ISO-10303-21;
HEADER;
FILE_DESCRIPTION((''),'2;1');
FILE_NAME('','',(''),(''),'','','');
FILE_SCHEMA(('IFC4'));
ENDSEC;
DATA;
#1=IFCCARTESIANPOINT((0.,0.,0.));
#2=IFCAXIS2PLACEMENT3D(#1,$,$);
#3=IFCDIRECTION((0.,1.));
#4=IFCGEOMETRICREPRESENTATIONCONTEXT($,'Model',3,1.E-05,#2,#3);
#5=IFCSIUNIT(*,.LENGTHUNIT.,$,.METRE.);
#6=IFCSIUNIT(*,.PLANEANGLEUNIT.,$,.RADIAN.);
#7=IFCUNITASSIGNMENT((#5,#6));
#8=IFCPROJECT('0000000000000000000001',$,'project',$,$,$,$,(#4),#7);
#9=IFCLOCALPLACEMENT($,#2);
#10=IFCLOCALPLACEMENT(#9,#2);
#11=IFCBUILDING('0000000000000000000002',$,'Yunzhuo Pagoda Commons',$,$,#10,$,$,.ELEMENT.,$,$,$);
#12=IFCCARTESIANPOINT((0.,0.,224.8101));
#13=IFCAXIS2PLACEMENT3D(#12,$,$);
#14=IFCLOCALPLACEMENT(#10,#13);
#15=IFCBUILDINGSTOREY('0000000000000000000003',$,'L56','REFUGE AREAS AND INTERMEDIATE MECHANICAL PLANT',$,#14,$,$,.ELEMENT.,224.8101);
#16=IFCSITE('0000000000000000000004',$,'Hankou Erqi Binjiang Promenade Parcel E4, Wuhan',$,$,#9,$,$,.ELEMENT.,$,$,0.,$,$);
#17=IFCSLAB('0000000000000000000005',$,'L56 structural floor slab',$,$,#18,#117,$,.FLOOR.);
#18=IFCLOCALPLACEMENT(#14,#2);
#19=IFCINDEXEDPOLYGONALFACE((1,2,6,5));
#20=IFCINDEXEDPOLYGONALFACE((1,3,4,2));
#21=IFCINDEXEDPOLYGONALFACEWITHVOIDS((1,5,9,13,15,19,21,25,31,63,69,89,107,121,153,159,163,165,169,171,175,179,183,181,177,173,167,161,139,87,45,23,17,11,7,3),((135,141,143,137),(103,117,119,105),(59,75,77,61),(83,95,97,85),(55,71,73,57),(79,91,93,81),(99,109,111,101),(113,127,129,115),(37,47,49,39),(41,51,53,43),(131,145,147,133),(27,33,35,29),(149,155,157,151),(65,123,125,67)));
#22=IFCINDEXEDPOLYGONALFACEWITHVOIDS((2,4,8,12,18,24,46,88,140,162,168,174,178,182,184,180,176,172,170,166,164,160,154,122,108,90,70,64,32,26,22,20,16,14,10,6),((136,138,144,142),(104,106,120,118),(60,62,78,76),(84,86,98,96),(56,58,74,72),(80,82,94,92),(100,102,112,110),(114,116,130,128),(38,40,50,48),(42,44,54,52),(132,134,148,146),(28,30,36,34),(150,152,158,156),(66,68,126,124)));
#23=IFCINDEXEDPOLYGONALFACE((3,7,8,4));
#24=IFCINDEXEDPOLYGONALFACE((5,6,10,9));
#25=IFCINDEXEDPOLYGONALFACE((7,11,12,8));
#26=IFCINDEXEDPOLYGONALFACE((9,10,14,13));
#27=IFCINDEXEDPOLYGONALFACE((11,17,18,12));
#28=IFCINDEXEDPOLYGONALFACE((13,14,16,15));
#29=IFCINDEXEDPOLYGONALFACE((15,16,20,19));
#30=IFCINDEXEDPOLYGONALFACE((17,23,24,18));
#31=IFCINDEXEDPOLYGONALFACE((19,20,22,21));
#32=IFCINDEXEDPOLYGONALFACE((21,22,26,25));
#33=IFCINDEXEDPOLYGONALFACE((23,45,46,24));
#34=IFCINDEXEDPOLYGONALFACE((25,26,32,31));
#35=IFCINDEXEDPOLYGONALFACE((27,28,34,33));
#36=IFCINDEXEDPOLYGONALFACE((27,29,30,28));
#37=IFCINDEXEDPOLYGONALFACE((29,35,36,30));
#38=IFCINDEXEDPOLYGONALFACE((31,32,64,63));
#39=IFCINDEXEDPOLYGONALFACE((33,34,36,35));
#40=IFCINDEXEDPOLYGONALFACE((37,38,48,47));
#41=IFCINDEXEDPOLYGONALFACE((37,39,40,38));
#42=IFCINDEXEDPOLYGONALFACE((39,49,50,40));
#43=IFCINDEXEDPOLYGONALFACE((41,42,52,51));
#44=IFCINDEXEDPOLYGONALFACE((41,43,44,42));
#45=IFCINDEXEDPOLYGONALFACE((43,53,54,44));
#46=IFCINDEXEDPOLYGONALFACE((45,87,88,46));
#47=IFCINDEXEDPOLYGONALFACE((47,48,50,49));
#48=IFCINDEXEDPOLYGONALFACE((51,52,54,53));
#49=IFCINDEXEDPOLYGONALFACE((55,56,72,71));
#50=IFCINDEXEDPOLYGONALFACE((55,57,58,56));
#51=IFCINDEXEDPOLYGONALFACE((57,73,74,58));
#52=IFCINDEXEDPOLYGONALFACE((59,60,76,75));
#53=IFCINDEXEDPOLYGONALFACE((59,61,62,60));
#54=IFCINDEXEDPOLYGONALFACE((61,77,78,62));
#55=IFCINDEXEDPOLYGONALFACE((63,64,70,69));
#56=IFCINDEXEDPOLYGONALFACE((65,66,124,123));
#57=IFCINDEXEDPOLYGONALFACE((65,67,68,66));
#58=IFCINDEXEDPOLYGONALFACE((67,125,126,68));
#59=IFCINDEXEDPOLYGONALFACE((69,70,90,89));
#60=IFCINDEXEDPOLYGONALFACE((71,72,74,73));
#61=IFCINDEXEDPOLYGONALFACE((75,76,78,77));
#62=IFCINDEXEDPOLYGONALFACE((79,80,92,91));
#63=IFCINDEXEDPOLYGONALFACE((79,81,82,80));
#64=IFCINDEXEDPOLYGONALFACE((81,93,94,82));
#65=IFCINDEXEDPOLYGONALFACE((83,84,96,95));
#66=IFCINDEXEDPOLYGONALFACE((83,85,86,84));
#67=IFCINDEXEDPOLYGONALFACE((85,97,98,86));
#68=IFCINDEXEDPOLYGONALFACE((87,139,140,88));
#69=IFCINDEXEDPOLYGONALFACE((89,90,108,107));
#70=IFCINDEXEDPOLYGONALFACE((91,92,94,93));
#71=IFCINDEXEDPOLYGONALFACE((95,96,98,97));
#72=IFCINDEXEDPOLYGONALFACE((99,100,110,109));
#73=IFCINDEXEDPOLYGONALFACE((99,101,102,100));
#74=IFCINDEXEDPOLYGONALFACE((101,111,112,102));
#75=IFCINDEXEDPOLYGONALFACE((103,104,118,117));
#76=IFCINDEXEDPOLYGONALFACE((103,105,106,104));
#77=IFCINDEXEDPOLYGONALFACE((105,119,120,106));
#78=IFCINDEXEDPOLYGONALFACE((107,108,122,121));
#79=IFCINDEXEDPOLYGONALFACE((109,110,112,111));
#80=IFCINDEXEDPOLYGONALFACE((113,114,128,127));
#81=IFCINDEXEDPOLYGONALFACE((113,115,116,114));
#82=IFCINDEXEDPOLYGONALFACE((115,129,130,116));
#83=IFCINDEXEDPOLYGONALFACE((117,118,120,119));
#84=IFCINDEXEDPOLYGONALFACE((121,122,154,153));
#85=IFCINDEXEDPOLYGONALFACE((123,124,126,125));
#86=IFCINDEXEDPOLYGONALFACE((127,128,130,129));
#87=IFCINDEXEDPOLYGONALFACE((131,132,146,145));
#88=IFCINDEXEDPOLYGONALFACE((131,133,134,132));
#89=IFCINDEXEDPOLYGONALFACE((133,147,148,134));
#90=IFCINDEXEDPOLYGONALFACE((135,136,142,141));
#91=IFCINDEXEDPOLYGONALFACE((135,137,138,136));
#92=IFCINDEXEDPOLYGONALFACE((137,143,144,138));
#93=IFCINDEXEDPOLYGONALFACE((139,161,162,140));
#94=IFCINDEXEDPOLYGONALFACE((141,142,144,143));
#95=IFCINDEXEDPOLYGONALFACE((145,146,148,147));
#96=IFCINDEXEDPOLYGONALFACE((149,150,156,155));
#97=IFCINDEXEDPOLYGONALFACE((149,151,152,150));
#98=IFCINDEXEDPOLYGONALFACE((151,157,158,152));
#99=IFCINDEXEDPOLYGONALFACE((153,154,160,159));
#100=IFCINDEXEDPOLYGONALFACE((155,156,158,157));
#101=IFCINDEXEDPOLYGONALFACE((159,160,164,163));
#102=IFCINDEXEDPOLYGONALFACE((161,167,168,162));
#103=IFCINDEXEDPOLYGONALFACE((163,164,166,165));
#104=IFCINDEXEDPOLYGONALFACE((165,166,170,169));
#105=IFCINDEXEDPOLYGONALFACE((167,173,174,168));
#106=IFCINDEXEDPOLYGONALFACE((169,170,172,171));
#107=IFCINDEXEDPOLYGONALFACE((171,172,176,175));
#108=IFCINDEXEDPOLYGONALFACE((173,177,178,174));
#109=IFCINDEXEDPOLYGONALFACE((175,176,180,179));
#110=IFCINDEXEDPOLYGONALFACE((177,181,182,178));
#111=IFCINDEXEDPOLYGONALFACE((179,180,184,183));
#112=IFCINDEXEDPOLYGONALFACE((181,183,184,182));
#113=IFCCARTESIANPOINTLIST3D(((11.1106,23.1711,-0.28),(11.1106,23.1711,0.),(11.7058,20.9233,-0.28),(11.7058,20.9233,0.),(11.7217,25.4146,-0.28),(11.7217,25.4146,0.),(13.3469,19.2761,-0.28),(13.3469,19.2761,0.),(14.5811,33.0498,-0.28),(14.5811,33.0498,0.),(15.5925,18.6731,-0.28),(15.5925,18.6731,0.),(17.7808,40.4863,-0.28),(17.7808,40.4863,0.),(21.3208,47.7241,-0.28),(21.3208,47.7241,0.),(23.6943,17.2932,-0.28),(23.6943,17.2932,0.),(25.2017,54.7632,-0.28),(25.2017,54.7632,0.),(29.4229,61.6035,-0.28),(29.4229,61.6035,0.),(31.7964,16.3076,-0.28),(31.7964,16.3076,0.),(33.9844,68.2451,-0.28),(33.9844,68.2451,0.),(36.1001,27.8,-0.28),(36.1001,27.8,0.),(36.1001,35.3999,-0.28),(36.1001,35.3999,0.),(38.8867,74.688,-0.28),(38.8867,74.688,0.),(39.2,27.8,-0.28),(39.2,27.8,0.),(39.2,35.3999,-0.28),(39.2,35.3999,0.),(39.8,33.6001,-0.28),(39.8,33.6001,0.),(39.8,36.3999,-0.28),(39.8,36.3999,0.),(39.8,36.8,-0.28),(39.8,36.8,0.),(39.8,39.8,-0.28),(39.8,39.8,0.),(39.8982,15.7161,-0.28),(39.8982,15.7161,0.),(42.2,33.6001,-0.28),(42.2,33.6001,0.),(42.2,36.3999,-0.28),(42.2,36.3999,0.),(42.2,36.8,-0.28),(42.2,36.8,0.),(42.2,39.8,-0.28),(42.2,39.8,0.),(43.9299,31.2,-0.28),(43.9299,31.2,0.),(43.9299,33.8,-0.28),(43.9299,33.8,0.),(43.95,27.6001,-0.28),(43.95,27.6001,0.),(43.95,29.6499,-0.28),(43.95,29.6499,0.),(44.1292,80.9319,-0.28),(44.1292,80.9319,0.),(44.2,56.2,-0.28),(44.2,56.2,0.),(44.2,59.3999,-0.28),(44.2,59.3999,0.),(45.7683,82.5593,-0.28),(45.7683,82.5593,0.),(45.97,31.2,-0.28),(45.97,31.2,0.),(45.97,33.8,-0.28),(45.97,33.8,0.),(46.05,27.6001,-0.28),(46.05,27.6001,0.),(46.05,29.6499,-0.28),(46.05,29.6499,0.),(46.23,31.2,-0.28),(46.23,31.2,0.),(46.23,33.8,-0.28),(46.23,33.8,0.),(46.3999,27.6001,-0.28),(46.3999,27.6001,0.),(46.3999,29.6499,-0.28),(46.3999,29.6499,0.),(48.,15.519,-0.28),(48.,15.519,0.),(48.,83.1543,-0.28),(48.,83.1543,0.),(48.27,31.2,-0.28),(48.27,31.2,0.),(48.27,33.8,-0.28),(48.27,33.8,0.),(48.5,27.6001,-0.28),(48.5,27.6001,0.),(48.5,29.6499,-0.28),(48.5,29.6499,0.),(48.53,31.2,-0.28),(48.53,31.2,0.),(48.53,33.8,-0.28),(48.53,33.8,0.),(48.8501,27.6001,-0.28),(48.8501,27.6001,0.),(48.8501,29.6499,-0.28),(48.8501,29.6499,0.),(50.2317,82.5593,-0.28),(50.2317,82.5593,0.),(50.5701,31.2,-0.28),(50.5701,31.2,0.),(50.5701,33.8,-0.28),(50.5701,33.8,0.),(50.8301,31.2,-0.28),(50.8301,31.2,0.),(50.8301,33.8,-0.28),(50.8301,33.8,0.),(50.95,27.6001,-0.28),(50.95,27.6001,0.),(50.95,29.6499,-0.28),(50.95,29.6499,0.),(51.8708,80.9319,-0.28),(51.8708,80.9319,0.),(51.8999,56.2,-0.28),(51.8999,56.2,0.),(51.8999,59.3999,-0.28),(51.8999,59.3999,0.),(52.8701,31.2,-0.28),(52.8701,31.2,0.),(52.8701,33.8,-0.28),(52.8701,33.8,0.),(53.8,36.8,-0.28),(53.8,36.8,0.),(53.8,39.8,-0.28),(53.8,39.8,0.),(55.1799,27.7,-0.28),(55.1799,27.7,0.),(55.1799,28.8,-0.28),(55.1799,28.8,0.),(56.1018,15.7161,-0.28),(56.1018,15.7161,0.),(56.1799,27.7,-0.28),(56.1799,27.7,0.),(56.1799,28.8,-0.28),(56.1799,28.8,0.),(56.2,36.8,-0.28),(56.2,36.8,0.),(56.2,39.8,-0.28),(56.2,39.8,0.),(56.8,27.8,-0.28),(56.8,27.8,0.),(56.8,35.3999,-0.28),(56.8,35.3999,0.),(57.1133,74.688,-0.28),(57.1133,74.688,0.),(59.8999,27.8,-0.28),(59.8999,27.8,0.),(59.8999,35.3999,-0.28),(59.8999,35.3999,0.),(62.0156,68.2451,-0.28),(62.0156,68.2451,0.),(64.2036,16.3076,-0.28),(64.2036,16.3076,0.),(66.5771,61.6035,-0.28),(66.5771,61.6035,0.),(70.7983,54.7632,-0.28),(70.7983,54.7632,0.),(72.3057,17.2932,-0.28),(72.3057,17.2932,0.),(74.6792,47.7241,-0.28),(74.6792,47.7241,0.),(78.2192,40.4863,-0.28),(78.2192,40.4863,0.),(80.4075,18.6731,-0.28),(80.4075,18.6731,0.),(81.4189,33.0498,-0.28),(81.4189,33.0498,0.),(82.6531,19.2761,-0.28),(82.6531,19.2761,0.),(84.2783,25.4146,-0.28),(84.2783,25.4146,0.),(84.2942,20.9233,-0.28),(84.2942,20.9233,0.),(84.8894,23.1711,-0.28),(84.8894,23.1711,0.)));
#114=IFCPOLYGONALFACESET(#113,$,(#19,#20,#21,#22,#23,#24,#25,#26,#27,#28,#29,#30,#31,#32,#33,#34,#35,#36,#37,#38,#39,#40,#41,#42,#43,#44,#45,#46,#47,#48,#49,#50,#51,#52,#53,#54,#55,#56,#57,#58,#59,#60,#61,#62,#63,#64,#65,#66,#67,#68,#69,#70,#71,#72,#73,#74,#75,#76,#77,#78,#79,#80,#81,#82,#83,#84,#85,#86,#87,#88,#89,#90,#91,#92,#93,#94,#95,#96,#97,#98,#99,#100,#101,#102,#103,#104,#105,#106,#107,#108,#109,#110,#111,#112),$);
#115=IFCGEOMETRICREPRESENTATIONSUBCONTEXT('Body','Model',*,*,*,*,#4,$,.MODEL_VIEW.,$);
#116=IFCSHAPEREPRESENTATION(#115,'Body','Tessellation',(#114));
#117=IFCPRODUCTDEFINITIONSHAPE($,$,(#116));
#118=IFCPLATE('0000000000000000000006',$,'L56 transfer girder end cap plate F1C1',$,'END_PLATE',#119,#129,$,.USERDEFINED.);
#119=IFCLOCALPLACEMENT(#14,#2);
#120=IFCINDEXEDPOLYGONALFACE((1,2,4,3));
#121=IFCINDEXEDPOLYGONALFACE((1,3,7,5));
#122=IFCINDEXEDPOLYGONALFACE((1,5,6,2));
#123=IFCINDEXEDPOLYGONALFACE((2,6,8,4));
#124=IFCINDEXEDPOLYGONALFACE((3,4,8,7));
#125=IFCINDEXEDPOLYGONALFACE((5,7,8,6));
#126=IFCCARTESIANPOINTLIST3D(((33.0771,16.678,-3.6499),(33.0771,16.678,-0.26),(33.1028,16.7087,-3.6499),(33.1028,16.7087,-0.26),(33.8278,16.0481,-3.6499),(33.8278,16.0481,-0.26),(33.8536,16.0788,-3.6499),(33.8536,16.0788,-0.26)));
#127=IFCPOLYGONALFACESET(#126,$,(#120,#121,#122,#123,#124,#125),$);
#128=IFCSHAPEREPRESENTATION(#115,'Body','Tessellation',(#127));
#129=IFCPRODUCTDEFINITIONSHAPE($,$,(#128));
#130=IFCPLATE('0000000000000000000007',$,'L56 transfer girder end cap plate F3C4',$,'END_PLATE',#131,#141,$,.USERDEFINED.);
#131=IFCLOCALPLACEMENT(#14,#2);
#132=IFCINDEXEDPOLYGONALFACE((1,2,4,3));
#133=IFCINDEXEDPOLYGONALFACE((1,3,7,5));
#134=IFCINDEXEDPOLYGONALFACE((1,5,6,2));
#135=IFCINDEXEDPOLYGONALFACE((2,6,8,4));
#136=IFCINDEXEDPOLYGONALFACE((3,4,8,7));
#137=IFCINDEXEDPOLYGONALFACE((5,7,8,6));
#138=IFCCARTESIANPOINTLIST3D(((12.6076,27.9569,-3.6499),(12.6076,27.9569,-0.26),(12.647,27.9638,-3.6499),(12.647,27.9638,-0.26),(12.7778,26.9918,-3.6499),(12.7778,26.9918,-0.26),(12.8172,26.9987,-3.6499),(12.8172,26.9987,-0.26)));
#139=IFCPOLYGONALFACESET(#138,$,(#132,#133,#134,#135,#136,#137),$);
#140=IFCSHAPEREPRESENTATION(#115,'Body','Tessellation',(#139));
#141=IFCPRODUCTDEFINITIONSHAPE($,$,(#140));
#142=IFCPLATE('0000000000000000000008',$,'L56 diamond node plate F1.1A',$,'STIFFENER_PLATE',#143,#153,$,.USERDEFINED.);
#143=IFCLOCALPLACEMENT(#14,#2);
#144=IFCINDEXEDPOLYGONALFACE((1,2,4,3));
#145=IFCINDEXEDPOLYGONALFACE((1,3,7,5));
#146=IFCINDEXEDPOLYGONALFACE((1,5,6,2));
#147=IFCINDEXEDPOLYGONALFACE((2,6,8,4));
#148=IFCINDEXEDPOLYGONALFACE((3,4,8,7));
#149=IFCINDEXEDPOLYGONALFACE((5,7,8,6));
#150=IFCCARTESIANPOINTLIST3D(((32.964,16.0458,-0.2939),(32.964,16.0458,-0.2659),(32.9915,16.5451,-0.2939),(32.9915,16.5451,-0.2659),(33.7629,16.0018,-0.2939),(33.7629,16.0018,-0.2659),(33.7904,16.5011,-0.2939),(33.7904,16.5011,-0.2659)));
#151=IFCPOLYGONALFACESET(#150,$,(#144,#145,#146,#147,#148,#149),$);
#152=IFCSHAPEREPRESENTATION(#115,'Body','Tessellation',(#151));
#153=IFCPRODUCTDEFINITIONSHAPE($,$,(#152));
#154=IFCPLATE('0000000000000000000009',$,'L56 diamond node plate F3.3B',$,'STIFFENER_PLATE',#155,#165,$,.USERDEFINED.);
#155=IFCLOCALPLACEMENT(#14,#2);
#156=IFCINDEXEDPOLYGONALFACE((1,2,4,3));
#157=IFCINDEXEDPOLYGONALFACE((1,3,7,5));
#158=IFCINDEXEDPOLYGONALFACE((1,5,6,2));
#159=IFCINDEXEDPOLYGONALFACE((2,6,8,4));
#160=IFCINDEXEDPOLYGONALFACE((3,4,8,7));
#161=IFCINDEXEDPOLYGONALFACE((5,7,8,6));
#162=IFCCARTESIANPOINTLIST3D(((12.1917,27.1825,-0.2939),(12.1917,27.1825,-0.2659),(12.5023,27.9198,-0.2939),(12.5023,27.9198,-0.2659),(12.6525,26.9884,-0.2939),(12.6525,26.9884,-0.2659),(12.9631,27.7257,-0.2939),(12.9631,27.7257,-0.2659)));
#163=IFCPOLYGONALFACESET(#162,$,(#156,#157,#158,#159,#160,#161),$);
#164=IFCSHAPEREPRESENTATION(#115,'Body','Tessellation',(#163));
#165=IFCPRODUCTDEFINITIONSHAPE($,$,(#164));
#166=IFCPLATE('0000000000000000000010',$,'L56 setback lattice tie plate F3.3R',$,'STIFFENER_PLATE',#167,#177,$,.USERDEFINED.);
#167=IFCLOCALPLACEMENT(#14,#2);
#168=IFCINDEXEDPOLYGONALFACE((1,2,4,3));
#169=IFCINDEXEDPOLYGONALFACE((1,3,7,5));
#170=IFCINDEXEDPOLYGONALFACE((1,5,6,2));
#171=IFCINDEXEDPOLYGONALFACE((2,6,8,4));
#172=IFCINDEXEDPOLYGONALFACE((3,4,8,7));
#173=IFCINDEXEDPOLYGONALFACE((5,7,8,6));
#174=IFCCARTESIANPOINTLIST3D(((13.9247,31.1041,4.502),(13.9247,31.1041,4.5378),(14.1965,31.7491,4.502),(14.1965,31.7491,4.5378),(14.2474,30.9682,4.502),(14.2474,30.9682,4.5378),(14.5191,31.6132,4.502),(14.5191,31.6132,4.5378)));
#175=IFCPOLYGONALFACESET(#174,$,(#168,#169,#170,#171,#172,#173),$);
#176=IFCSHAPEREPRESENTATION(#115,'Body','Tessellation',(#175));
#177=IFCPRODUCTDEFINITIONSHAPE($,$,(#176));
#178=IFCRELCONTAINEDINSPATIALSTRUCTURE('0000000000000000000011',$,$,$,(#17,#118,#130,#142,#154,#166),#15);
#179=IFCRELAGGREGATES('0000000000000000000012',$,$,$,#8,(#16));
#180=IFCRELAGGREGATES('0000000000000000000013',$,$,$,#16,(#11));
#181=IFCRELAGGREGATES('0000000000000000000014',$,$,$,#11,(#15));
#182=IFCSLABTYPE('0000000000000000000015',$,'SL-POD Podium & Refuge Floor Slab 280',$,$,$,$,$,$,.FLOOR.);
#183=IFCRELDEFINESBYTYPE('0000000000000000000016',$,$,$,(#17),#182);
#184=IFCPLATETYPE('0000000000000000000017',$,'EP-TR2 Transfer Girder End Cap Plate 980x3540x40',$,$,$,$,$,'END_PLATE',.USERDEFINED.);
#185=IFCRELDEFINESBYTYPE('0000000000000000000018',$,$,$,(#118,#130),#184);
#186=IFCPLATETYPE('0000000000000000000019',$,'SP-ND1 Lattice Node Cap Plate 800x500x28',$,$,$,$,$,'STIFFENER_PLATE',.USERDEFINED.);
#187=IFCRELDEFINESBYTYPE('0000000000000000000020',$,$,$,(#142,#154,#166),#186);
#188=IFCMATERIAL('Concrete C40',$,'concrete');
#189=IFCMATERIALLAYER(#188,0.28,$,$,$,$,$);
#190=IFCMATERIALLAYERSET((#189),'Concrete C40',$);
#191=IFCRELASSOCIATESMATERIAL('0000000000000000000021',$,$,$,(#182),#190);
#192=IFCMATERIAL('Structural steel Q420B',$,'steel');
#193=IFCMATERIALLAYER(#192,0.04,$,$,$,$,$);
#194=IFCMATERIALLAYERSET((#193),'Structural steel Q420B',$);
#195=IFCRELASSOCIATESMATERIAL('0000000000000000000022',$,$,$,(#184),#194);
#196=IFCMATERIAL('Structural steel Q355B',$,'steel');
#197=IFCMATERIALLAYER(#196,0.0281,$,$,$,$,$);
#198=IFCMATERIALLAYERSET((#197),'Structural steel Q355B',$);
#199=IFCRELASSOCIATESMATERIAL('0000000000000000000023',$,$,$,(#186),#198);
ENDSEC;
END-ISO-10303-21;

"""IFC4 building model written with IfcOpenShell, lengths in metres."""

from ifc_helpers import new_model, si_unit, direction, frame, origin, origin_2d, place, context, subcontext, project, spatial, polyline, rectangle, outline, extrude, source, transform, mapped, material, layer, layer_set, type_object, element, save


model = new_model("IFC4")

# Units and contexts
model_context = context("Model", 3, precision=1e-05, world=origin(), true_north=direction((0.0, 1.0)))
body_context = subcontext(model_context, "Body", "Model", "MODEL_VIEW")
ifc_project = project(units=[si_unit("LENGTHUNIT", "METRE"), si_unit("PLANEANGLEUNIT", "RADIAN")], contexts=[model_context])

# Site, building, storey
site_placement = place(None, origin())
site = spatial("IfcSite", under=ifc_project, at=site_placement, Name="Hankou Erqi Binjiang Promenade Parcel E4, Wuhan", CompositionType="ELEMENT", RefElevation=0.0)
building_placement = place(site_placement, origin())
building = spatial("IfcBuilding", under=site, at=building_placement, Name="Yunzhuo Pagoda Commons", CompositionType="ELEMENT")
storey_placement = place(building_placement, frame((0.0, 0.0, 224.8101)))
storey = spatial("IfcBuildingStorey", under=building, at=storey_placement, Name="L56", Description="REFUGE AREAS AND INTERMEDIATE MECHANICAL PLANT", CompositionType="ELEMENT", Elevation=224.8101)

# Shared definitions
ifc_material_1 = material(Name="Structural steel Q420B", Category="steel")
ifc_material_2 = material(Name="Structural steel Q355B", Category="steel")

# Shared definitions
ifc_material_3 = material(Name="Concrete C40", Category="concrete")

# Slab
ifc_layer_1 = layer(ifc_material_3, 0.28)
ifc_layer_set_1 = layer_set([ifc_layer_1], Name="Concrete C40")
slab_type_1 = type_object("IfcSlabType", Name="SL-POD Podium & Refuge Floor Slab 280", PredefinedType="FLOOR", material=ifc_layer_set_1)
slab_1_placement = place(storey_placement, frame((0.0, 0.0, -0.28)))
element("IfcSlab", 1, at=slab_1_placement, inside=storey, type_object=slab_type_1, Name="L56 structural floor slab", PredefinedType="FLOOR", context=body_context, shape_type="SweptSolid", body=[
    extrude(outline(polyline([(14.5811, 33.0498), (17.7808, 40.4863), (21.3208, 47.7241), (25.2017, 54.7632), (29.4229, 61.6035), (33.9844, 68.2451), (38.8867, 74.688), (44.1292, 80.9319), (45.7683, 82.5593), (48.0, 83.1543), (50.2317, 82.5593), (51.8708, 80.9319), (57.1133, 74.688), (62.0156, 68.2451), (66.5771, 61.6035), (70.7983, 54.7632), (74.6792, 47.7241), (78.2192, 40.4863), (81.4189, 33.0498), (84.2783, 25.4146), (84.8894, 23.1711), (84.2942, 20.9233), (82.6531, 19.2761), (80.4075, 18.6731), (72.3057, 17.2932), (64.2036, 16.3076), (56.1018, 15.7161), (48.0, 15.519), (39.8982, 15.7161), (31.7964, 16.3076), (23.6943, 17.2932), (15.5925, 18.6731), (13.3469, 19.2761), (11.7058, 20.9233), (11.1106, 23.1711), (11.7217, 25.4146), (14.5811, 33.0498)]), holes=[polyline([(46.05, 29.6499), (43.95, 29.6499), (43.95, 27.6001), (46.05, 27.6001), (46.05, 29.6499)]), polyline([(48.5, 27.6001), (48.5, 29.6499), (46.3999, 29.6499), (46.3999, 27.6001), (48.5, 27.6001)]), polyline([(36.1001, 27.8), (39.2, 27.8), (39.2, 35.3999), (36.1001, 35.3999), (36.1001, 27.8)]), polyline([(45.97, 31.2), (45.97, 33.8), (43.9299, 33.8), (43.9299, 31.2), (45.97, 31.2)]), polyline([(48.27, 31.2), (48.27, 33.8), (46.23, 33.8), (46.23, 31.2), (48.27, 31.2)]), polyline([(42.2, 33.6001), (42.2, 36.3999), (39.8, 36.3999), (39.8, 33.6001), (42.2, 33.6001)]), polyline([(42.2, 36.8), (42.2, 39.8), (39.8, 39.8), (39.8, 36.8), (42.2, 36.8)]), polyline([(56.1799, 28.8), (55.1799, 28.8), (55.1799, 27.7), (56.1799, 27.7), (56.1799, 28.8)]), polyline([(50.95, 27.6001), (50.95, 29.6499), (48.8501, 29.6499), (48.8501, 27.6001), (50.95, 27.6001)]), polyline([(56.8, 27.8), (59.8999, 27.8), (59.8999, 35.3999), (56.8, 35.3999), (56.8, 27.8)]), polyline([(50.5701, 31.2), (50.5701, 33.8), (48.53, 33.8), (48.53, 31.2), (50.5701, 31.2)]), polyline([(52.8701, 31.2), (52.8701, 33.8), (50.8301, 33.8), (50.8301, 31.2), (52.8701, 31.2)]), polyline([(56.2, 36.8), (56.2, 39.8), (53.8, 39.8), (53.8, 36.8), (56.2, 36.8)]), polyline([(51.8999, 56.2), (51.8999, 59.3999), (44.2, 59.3999), (44.2, 56.2), (51.8999, 56.2)])]), origin(), (0.0, 0.0, 1.0), 0.28),
])

# Plates
ifc_layer_2 = layer(ifc_material_1, 0.04)
ifc_layer_set_2 = layer_set([ifc_layer_2], Name="Structural steel Q420B")
plate_type_1 = type_object("IfcPlateType", Name="EP-TR2 Transfer Girder End Cap Plate 980x3540x40", ElementType="END_PLATE", PredefinedType="USERDEFINED", material=ifc_layer_set_2)
shared_shape_1 = source(origin(), body_context, "Body", "SweptSolid", [
    extrude(rectangle(XDim=0.98, YDim=0.04, at=origin_2d()), origin(), (0.0, 0.0, 1.0), 3.3899),
])
for number, where, z_axis, x_axis, name in (
    (2, (33.4653, 16.3784, -3.6499), (0.0, 0.0, 1.0), (0.766044, -0.642788, 0.0), "L56 transfer girder end cap plate F1C1"),
    (3, (12.7124, 27.4778, -3.6499), (0.0, 0.0, 1.0), (0.173648, -0.984808, 0.0), "L56 transfer girder end cap plate F3C4"),
):
    element("IfcPlate", number, at=place(storey_placement, frame(where, z_axis=z_axis, x_axis=x_axis)), inside=storey, type_object=plate_type_1, Name=name, ObjectType="END_PLATE", PredefinedType="USERDEFINED", context=body_context, shape_type="MappedRepresentation", body=[
        mapped(shared_shape_1, transform((0.0, 0.0, 0.0), scale=1.0)),
    ])
ifc_layer_3 = layer(ifc_material_2, 0.0281)
ifc_layer_set_3 = layer_set([ifc_layer_3], Name="Structural steel Q355B")
plate_type_2 = type_object("IfcPlateType", Name="SP-ND1 Lattice Node Cap Plate 800x500x28", ElementType="STIFFENER_PLATE", PredefinedType="USERDEFINED", material=ifc_layer_set_3)
shared_shape_2 = source(origin(), body_context, "Body", "SweptSolid", [
    extrude(rectangle(XDim=0.8, YDim=0.5, at=origin_2d()), origin(), (0.0, 0.0, 1.0), 0.0281),
])
for number, where, z_axis, x_axis, name in (
    (4, (33.3772, 16.2734, -0.2939), (0.0, 0.0, 1.0), (0.998487, -0.054985, 0.0), "L56 diamond node plate F1.1A"),
    (5, (12.5774, 27.4541, -0.2939), (0.0, 0.0, 1.0), (-0.388175, -0.921586, 0.0), "L56 diamond node plate F3.3B"),
):
    element("IfcPlate", number, at=place(storey_placement, frame(where, z_axis=z_axis, x_axis=x_axis)), inside=storey, type_object=plate_type_2, Name=name, ObjectType="STIFFENER_PLATE", PredefinedType="USERDEFINED", context=body_context, shape_type="MappedRepresentation", body=[
        mapped(shared_shape_2, transform((0.0, 0.0, 0.0), scale=1.0)),
    ])
shared_shape_3 = source(origin(), body_context, "Body", "SweptSolid", [
    extrude(rectangle(XDim=0.7, YDim=0.3501, at=origin_2d()), origin(), (0.0, 0.0, 1.0), 0.0359),
])
plate_placement = place(storey_placement, frame((14.2219, 31.3586, 4.502), z_axis=(0.0, 0.0, 1.0), x_axis=(-0.388175, -0.921586, 0.0)))
element("IfcPlate", 6, at=plate_placement, inside=storey, type_object=plate_type_2, Name="L56 setback lattice tie plate F3.3R", ObjectType="STIFFENER_PLATE", PredefinedType="USERDEFINED", context=body_context, shape_type="MappedRepresentation", body=[
    mapped(shared_shape_3, transform((0.0, 0.0, 0.0), scale=1.0)),
])

save(model, "model.ifc")
